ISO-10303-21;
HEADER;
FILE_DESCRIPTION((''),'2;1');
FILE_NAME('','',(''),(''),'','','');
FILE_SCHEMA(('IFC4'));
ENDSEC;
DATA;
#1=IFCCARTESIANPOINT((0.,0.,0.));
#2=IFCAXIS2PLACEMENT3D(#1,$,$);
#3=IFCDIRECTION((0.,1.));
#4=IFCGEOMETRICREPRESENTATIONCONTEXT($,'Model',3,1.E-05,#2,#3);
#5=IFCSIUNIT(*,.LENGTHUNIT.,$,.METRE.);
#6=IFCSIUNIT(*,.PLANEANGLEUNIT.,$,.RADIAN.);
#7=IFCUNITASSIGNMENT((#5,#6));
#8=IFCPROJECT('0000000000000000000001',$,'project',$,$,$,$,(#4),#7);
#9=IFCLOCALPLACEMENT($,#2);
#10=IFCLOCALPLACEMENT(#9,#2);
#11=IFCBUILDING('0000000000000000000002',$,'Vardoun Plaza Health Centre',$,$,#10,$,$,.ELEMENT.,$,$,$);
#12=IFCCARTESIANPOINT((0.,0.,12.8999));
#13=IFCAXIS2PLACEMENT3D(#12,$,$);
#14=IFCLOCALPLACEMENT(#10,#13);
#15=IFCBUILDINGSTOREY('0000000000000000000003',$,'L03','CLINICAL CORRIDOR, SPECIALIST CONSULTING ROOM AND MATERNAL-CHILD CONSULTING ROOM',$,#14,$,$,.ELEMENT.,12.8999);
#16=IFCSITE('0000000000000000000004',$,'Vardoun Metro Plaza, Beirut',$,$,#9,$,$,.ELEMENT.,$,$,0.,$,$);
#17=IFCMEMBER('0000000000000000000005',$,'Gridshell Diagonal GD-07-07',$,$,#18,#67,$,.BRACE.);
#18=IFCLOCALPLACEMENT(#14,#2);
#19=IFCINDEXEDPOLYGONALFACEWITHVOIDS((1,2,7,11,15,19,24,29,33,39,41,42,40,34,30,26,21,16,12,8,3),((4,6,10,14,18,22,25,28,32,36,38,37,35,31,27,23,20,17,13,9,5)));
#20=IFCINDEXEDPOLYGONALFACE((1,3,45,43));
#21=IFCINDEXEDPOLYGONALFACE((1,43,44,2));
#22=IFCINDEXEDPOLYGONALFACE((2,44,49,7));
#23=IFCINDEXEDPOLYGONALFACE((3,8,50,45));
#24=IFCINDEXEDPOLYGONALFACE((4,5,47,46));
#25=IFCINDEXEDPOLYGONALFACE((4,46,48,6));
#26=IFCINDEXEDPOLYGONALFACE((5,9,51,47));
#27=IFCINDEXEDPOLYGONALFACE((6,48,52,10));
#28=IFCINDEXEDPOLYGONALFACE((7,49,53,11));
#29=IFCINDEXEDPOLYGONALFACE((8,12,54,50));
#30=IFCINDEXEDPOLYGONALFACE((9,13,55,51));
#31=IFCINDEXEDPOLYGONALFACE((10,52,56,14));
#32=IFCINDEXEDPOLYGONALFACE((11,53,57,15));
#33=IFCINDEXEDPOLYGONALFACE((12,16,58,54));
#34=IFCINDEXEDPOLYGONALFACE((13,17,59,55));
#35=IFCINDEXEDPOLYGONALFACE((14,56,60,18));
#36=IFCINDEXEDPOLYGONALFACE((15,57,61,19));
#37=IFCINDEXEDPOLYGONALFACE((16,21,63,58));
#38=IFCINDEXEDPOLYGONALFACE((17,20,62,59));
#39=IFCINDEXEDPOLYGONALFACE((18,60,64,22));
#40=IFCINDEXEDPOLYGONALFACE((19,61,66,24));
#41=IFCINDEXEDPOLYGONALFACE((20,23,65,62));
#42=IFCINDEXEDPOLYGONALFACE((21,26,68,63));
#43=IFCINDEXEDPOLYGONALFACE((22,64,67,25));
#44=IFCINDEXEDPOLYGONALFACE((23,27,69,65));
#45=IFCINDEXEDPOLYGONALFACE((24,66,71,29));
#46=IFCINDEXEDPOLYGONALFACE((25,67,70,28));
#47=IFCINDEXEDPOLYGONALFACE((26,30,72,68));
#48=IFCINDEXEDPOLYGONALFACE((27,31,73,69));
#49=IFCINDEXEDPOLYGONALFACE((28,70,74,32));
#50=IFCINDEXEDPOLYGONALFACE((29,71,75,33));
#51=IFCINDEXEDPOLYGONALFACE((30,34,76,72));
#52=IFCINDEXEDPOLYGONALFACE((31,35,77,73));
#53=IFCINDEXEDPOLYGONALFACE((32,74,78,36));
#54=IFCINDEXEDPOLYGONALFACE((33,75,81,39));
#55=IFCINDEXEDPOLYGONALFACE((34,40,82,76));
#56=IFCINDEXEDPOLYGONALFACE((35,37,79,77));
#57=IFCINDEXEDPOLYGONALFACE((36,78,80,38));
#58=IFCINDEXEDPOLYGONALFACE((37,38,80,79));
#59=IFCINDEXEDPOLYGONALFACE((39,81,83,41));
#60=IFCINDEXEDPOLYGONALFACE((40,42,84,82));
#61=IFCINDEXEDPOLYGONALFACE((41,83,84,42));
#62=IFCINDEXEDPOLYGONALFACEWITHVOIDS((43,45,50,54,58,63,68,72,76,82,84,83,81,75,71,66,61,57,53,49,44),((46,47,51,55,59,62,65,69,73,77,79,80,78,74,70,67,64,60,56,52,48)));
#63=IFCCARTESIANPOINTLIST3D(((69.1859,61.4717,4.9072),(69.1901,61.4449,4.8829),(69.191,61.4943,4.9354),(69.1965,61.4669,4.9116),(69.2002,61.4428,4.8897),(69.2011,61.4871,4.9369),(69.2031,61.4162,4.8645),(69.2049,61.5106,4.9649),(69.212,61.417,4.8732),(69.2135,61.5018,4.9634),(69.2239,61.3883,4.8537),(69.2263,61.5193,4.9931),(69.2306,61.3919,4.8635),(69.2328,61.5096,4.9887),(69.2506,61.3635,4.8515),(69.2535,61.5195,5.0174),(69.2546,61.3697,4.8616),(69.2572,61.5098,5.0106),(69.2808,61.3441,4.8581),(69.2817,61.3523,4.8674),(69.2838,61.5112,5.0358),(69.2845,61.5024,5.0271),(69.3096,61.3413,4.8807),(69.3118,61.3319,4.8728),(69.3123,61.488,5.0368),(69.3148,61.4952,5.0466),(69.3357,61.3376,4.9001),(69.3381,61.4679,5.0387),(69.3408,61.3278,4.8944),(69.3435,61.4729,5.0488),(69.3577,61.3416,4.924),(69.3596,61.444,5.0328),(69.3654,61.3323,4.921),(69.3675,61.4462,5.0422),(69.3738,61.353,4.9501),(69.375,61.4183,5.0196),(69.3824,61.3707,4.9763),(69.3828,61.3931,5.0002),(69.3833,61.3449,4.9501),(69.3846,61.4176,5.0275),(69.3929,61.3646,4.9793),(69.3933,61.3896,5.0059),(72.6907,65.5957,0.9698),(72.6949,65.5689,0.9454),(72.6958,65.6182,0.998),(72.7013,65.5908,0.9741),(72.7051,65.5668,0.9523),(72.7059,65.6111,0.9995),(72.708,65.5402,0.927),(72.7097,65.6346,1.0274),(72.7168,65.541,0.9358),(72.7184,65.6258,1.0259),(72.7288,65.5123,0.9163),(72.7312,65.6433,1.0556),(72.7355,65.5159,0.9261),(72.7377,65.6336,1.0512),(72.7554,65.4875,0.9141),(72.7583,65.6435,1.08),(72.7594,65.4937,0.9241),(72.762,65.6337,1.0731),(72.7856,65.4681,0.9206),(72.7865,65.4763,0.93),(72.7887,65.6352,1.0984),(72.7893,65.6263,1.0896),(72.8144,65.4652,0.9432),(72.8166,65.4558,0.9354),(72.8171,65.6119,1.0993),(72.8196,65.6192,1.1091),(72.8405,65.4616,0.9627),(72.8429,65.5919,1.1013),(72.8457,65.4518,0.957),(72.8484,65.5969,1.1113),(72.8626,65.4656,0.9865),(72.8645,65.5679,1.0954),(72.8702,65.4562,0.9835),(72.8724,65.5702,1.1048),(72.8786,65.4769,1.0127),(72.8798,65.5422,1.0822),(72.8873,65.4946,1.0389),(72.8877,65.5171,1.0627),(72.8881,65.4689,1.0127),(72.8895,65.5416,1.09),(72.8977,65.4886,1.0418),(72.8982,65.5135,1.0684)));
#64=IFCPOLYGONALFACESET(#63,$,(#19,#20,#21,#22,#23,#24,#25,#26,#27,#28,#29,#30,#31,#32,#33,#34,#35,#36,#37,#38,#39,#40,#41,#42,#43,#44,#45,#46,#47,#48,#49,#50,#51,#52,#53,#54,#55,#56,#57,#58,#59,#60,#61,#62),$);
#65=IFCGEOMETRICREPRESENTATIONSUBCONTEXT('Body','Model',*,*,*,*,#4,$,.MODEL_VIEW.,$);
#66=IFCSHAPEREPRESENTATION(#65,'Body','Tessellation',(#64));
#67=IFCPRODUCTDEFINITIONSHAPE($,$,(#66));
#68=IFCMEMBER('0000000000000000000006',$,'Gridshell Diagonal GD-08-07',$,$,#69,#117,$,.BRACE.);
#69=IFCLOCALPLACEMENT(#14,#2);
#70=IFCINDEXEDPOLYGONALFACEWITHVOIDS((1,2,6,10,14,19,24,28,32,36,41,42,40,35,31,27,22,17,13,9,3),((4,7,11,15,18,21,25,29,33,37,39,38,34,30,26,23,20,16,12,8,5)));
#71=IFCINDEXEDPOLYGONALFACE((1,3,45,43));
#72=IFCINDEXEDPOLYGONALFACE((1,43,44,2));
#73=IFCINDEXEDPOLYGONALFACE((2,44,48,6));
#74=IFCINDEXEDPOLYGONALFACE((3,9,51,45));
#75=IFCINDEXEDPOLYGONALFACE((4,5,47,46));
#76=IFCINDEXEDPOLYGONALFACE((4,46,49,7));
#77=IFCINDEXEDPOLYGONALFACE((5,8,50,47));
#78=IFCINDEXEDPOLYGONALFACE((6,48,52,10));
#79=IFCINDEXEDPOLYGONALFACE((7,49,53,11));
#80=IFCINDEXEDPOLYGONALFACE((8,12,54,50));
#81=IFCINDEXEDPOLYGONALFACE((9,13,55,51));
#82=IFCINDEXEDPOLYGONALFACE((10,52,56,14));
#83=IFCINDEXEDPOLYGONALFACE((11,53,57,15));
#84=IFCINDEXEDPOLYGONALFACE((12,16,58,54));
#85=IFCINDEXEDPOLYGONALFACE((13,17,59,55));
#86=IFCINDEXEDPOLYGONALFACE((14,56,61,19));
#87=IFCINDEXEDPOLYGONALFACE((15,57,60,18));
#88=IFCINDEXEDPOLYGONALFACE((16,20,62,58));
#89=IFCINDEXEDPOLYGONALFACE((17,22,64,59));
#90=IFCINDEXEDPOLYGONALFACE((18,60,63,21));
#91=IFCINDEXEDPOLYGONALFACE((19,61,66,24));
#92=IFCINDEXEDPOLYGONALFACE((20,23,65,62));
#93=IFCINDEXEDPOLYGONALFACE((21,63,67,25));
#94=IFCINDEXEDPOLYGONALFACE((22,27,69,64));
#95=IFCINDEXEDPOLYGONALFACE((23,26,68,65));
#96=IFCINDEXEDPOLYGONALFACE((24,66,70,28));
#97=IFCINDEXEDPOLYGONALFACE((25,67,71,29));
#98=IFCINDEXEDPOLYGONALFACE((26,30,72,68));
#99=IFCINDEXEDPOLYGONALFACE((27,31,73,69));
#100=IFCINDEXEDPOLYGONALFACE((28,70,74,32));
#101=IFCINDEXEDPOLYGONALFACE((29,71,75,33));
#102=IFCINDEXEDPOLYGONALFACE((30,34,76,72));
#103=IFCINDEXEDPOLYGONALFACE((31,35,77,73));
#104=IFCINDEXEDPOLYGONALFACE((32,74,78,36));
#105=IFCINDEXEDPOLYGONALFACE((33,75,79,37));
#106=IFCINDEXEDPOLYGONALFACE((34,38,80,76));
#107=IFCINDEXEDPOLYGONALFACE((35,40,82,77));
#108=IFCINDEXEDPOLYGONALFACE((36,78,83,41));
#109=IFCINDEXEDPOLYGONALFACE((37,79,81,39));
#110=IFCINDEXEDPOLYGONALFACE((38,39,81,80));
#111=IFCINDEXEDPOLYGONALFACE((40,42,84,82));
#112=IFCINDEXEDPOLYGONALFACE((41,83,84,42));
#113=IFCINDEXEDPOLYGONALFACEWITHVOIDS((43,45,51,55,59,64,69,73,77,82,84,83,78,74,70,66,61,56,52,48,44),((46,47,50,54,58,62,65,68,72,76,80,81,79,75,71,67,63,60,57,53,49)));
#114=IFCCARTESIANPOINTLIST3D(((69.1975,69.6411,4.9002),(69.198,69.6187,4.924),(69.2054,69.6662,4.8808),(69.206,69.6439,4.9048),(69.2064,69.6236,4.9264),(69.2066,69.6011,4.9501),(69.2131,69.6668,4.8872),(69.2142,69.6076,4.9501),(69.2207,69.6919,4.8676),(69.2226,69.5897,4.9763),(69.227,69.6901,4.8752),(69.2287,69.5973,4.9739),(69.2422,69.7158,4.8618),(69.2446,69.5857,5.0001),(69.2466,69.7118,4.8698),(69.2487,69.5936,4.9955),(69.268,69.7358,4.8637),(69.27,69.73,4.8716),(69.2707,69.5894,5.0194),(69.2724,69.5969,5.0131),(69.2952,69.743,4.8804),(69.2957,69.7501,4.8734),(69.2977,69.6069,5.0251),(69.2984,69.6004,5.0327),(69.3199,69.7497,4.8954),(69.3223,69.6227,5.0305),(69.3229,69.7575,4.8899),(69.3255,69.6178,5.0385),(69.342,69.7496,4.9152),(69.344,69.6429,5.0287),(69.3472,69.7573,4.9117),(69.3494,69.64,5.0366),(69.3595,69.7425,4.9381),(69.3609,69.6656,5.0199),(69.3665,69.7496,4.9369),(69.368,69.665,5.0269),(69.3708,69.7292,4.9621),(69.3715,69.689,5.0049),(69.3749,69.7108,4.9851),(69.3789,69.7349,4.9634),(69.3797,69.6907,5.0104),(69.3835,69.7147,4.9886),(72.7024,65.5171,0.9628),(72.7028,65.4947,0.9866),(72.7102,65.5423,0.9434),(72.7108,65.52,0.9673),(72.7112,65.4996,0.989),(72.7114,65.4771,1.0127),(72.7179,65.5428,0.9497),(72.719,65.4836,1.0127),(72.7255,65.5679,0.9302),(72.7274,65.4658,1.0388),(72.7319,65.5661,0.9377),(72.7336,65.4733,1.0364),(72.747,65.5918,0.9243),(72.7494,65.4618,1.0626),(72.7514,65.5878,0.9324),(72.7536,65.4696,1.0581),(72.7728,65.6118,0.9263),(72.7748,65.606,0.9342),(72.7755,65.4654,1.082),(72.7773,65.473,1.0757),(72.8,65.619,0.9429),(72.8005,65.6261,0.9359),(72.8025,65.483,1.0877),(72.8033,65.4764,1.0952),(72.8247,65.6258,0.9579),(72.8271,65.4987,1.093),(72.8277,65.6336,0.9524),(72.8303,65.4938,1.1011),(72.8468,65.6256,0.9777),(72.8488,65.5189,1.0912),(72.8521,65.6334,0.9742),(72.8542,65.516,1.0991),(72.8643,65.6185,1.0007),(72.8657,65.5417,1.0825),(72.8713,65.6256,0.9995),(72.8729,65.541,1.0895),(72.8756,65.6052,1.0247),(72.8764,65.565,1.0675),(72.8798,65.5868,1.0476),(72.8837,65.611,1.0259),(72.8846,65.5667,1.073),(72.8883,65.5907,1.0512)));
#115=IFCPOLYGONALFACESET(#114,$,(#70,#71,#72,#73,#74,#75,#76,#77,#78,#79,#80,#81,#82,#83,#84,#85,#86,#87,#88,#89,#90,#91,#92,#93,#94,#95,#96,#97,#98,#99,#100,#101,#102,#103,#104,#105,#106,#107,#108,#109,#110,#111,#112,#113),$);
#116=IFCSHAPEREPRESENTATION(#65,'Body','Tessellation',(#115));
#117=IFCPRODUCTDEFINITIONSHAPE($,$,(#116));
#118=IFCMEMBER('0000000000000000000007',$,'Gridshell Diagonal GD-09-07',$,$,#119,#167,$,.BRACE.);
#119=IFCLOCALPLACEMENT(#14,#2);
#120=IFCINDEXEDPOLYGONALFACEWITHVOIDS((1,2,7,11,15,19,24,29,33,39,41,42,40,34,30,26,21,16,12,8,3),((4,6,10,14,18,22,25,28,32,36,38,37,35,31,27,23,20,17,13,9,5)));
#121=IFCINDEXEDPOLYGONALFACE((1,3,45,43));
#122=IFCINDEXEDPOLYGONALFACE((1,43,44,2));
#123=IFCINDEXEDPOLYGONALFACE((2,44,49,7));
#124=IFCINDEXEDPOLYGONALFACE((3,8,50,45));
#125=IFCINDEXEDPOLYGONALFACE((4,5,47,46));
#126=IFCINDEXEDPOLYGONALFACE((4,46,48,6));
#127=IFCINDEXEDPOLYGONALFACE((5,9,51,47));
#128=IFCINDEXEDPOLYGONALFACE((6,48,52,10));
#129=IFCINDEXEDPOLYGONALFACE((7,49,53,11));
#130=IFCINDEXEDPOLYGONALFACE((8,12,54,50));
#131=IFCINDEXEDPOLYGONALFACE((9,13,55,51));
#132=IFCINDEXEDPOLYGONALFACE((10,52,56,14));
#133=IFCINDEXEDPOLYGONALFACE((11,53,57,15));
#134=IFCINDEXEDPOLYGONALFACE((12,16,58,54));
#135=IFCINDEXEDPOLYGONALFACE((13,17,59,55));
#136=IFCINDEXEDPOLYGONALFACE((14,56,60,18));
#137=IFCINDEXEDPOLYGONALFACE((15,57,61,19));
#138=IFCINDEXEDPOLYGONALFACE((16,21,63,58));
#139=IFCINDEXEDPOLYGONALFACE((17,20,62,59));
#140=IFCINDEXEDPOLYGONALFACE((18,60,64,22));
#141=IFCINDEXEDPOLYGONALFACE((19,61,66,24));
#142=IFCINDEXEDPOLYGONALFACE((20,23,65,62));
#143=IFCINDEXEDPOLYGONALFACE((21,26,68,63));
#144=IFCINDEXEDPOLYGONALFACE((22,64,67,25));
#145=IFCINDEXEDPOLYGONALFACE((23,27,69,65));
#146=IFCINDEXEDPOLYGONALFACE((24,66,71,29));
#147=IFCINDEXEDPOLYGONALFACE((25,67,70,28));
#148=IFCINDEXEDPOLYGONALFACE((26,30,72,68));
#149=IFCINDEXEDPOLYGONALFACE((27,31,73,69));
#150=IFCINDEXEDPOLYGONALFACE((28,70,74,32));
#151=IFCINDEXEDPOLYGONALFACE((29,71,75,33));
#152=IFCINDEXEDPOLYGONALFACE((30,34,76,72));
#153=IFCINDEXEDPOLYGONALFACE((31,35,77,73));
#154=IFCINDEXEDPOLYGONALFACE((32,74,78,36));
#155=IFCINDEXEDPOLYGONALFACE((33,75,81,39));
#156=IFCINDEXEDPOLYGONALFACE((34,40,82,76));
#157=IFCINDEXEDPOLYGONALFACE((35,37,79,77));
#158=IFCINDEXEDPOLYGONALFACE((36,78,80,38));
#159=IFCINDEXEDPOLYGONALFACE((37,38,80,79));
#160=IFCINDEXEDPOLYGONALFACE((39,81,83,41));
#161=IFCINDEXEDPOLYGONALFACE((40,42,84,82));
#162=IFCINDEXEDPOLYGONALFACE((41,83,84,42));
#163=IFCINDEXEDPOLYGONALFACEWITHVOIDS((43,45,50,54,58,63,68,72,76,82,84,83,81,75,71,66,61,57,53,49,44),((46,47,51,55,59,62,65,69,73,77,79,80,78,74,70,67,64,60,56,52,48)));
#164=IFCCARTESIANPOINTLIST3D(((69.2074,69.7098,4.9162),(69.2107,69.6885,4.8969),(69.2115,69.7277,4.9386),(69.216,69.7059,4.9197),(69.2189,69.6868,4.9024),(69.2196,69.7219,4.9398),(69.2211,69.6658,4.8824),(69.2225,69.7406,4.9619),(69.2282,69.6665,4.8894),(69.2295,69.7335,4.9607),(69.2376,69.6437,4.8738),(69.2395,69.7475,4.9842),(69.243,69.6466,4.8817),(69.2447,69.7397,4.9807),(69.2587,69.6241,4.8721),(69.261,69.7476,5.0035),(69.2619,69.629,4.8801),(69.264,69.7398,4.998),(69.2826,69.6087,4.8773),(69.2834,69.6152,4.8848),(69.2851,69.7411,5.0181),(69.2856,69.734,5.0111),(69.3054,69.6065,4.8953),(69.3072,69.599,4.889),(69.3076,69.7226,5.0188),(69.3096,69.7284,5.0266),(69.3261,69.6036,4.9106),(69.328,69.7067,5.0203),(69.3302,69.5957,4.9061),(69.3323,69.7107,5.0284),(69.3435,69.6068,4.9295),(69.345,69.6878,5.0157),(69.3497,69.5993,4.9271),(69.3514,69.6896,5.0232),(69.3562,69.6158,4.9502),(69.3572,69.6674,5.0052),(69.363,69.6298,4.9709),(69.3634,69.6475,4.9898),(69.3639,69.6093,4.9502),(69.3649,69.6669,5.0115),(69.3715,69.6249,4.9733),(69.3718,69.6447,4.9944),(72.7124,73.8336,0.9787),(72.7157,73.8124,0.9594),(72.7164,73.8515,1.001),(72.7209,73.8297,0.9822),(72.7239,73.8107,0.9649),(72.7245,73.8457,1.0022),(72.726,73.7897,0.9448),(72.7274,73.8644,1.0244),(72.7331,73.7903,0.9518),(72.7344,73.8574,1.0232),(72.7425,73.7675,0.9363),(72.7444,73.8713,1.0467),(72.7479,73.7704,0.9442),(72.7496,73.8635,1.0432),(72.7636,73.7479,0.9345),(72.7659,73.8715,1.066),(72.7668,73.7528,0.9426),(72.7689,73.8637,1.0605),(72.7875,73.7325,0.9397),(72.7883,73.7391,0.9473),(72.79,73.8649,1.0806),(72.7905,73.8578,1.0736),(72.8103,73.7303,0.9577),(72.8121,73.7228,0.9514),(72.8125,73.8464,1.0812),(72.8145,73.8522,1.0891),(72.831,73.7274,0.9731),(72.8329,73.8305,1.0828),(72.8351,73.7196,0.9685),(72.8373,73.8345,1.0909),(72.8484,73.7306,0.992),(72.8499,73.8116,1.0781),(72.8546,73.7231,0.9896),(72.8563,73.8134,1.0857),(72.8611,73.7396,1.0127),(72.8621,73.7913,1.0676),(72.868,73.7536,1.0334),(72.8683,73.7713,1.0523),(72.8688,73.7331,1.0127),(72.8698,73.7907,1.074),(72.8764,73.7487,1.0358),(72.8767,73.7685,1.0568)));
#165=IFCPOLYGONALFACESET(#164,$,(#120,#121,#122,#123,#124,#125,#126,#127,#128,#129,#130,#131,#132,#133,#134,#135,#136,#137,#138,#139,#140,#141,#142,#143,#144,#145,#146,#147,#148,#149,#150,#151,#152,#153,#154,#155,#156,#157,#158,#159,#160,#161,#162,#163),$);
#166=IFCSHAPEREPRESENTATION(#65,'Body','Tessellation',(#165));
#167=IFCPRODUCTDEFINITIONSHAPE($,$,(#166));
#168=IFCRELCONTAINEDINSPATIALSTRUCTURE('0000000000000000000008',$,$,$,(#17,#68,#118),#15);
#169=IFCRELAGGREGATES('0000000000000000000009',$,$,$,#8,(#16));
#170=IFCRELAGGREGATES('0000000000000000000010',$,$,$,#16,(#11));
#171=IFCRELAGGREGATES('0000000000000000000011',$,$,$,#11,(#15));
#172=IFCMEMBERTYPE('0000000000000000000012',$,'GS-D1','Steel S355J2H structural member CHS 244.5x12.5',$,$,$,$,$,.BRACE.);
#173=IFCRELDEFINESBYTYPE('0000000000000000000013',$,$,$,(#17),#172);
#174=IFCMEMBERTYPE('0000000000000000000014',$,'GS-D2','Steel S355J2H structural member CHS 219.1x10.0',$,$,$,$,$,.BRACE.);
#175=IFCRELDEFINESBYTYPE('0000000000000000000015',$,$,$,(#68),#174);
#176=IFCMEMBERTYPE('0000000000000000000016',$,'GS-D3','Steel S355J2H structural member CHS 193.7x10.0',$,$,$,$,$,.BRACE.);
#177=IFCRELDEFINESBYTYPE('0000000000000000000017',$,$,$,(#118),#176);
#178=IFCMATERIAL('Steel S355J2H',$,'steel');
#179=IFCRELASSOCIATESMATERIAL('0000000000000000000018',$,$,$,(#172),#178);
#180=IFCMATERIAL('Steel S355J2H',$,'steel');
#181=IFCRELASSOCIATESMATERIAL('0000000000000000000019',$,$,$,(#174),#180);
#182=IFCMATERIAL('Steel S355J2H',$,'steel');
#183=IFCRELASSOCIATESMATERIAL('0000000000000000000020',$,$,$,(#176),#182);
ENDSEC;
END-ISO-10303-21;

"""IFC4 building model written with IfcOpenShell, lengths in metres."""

from ifc_helpers import new_model, si_unit, direction, frame, origin, origin_2d, place, context, subcontext, project, spatial, hollow_circle, extrude, material, material_profile, profile_set, type_object, element, save


model = new_model("IFC4")

# Units and contexts
model_context = context("Model", 3, precision=1e-05, world=origin(), true_north=direction((0.0, 1.0)))
body_context = subcontext(model_context, "Body", "Model", "MODEL_VIEW")
ifc_project = project(units=[si_unit("LENGTHUNIT", "METRE"), si_unit("PLANEANGLEUNIT", "RADIAN")], contexts=[model_context])

# Site, building, storey
site_placement = place(None, origin())
site = spatial("IfcSite", under=ifc_project, at=site_placement, Name="Vardoun Metro Plaza, Beirut", CompositionType="ELEMENT", RefElevation=0.0)
building_placement = place(site_placement, origin())
building = spatial("IfcBuilding", under=site, at=building_placement, Name="Vardoun Plaza Health Centre", CompositionType="ELEMENT")
storey_placement = place(building_placement, frame((0.0, 0.0, 12.8999)))
storey = spatial("IfcBuildingStorey", under=building, at=storey_placement, Name="L03", Description="CLINICAL CORRIDOR, SPECIALIST CONSULTING ROOM AND MATERNAL-CHILD CONSULTING ROOM", CompositionType="ELEMENT", Elevation=12.8999)

# Members
ifc_material_1 = material(Name="Steel S355J2H", Category="steel")
ifc_material_profile_1 = material_profile(ifc_material_1, hollow_circle(Radius=0.1223, WallThickness=0.0125, at=origin_2d()), Name="CHS 244.5x12.5")
ifc_profile_set_1 = profile_set([ifc_material_profile_1], Name="Steel S355J2H")
member_type_1 = type_object("IfcMemberType", Name="GS-D1", Description="Steel S355J2H structural member CHS 244.5x12.5", PredefinedType="BRACE", material=ifc_profile_set_1)
member_1_placement = place(storey_placement, frame((72.7949, 65.5481, 1.0127), z_axis=(-0.523667, -0.616174, 0.588305), x_axis=(0.761988, -0.647591, 0.0)))
element("IfcMember", 1, at=member_1_placement, inside=storey, type_object=member_type_1, Name="Gridshell Diagonal GD-07-07", PredefinedType="BRACE", context=body_context, shape_type="SweptSolid", body=[
    extrude(hollow_circle(Radius=0.1223, WallThickness=0.0125, at=origin_2d()), origin(), (0.0, 0.0, 1.0), 6.6929),
])
ifc_material_2 = material(Name="Steel S355J2H", Category="steel")
ifc_material_profile_2 = material_profile(ifc_material_2, hollow_circle(Radius=0.1096, WallThickness=0.01, at=origin_2d()), Name="CHS 219.1x10.0")
ifc_profile_set_2 = profile_set([ifc_material_profile_2], Name="Steel S355J2H")
member_type_2 = type_object("IfcMemberType", Name="GS-D2", Description="Steel S355J2H structural member CHS 219.1x10.0", PredefinedType="BRACE", material=ifc_profile_set_2)
member_2_placement = place(storey_placement, frame((72.7949, 65.5481, 1.0127), z_axis=(-0.523667, 0.616174, 0.588305), x_axis=(-0.761988, -0.647591, 0.0)))
element("IfcMember", 2, at=member_2_placement, inside=storey, type_object=member_type_2, Name="Gridshell Diagonal GD-08-07", PredefinedType="BRACE", context=body_context, shape_type="SweptSolid", body=[
    extrude(hollow_circle(Radius=0.1096, WallThickness=0.01, at=origin_2d()), origin(), (0.0, 0.0, 1.0), 6.6929),
])
ifc_material_3 = material(Name="Steel S355J2H", Category="steel")
ifc_material_profile_3 = material_profile(ifc_material_3, hollow_circle(Radius=0.0969, WallThickness=0.01, at=origin_2d()), Name="CHS 193.7x10.0")
ifc_profile_set_3 = profile_set([ifc_material_profile_3], Name="Steel S355J2H")
member_type_3 = type_object("IfcMemberType", Name="GS-D3", Description="Steel S355J2H structural member CHS 193.7x10.0", PredefinedType="BRACE", material=ifc_profile_set_3)
member_3_placement = place(storey_placement, frame((72.7949, 73.7959, 1.0127), z_axis=(-0.523679, -0.616151, 0.588318), x_axis=(0.761969, -0.647613, 0.0)))
element("IfcMember", 3, at=member_3_placement, inside=storey, type_object=member_type_3, Name="Gridshell Diagonal GD-09-07", PredefinedType="BRACE", context=body_context, shape_type="SweptSolid", body=[
    extrude(hollow_circle(Radius=0.0969, WallThickness=0.01, at=origin_2d()), origin(), (0.0, 0.0, 1.0), 6.6929),
])

save(model, "model.ifc")
